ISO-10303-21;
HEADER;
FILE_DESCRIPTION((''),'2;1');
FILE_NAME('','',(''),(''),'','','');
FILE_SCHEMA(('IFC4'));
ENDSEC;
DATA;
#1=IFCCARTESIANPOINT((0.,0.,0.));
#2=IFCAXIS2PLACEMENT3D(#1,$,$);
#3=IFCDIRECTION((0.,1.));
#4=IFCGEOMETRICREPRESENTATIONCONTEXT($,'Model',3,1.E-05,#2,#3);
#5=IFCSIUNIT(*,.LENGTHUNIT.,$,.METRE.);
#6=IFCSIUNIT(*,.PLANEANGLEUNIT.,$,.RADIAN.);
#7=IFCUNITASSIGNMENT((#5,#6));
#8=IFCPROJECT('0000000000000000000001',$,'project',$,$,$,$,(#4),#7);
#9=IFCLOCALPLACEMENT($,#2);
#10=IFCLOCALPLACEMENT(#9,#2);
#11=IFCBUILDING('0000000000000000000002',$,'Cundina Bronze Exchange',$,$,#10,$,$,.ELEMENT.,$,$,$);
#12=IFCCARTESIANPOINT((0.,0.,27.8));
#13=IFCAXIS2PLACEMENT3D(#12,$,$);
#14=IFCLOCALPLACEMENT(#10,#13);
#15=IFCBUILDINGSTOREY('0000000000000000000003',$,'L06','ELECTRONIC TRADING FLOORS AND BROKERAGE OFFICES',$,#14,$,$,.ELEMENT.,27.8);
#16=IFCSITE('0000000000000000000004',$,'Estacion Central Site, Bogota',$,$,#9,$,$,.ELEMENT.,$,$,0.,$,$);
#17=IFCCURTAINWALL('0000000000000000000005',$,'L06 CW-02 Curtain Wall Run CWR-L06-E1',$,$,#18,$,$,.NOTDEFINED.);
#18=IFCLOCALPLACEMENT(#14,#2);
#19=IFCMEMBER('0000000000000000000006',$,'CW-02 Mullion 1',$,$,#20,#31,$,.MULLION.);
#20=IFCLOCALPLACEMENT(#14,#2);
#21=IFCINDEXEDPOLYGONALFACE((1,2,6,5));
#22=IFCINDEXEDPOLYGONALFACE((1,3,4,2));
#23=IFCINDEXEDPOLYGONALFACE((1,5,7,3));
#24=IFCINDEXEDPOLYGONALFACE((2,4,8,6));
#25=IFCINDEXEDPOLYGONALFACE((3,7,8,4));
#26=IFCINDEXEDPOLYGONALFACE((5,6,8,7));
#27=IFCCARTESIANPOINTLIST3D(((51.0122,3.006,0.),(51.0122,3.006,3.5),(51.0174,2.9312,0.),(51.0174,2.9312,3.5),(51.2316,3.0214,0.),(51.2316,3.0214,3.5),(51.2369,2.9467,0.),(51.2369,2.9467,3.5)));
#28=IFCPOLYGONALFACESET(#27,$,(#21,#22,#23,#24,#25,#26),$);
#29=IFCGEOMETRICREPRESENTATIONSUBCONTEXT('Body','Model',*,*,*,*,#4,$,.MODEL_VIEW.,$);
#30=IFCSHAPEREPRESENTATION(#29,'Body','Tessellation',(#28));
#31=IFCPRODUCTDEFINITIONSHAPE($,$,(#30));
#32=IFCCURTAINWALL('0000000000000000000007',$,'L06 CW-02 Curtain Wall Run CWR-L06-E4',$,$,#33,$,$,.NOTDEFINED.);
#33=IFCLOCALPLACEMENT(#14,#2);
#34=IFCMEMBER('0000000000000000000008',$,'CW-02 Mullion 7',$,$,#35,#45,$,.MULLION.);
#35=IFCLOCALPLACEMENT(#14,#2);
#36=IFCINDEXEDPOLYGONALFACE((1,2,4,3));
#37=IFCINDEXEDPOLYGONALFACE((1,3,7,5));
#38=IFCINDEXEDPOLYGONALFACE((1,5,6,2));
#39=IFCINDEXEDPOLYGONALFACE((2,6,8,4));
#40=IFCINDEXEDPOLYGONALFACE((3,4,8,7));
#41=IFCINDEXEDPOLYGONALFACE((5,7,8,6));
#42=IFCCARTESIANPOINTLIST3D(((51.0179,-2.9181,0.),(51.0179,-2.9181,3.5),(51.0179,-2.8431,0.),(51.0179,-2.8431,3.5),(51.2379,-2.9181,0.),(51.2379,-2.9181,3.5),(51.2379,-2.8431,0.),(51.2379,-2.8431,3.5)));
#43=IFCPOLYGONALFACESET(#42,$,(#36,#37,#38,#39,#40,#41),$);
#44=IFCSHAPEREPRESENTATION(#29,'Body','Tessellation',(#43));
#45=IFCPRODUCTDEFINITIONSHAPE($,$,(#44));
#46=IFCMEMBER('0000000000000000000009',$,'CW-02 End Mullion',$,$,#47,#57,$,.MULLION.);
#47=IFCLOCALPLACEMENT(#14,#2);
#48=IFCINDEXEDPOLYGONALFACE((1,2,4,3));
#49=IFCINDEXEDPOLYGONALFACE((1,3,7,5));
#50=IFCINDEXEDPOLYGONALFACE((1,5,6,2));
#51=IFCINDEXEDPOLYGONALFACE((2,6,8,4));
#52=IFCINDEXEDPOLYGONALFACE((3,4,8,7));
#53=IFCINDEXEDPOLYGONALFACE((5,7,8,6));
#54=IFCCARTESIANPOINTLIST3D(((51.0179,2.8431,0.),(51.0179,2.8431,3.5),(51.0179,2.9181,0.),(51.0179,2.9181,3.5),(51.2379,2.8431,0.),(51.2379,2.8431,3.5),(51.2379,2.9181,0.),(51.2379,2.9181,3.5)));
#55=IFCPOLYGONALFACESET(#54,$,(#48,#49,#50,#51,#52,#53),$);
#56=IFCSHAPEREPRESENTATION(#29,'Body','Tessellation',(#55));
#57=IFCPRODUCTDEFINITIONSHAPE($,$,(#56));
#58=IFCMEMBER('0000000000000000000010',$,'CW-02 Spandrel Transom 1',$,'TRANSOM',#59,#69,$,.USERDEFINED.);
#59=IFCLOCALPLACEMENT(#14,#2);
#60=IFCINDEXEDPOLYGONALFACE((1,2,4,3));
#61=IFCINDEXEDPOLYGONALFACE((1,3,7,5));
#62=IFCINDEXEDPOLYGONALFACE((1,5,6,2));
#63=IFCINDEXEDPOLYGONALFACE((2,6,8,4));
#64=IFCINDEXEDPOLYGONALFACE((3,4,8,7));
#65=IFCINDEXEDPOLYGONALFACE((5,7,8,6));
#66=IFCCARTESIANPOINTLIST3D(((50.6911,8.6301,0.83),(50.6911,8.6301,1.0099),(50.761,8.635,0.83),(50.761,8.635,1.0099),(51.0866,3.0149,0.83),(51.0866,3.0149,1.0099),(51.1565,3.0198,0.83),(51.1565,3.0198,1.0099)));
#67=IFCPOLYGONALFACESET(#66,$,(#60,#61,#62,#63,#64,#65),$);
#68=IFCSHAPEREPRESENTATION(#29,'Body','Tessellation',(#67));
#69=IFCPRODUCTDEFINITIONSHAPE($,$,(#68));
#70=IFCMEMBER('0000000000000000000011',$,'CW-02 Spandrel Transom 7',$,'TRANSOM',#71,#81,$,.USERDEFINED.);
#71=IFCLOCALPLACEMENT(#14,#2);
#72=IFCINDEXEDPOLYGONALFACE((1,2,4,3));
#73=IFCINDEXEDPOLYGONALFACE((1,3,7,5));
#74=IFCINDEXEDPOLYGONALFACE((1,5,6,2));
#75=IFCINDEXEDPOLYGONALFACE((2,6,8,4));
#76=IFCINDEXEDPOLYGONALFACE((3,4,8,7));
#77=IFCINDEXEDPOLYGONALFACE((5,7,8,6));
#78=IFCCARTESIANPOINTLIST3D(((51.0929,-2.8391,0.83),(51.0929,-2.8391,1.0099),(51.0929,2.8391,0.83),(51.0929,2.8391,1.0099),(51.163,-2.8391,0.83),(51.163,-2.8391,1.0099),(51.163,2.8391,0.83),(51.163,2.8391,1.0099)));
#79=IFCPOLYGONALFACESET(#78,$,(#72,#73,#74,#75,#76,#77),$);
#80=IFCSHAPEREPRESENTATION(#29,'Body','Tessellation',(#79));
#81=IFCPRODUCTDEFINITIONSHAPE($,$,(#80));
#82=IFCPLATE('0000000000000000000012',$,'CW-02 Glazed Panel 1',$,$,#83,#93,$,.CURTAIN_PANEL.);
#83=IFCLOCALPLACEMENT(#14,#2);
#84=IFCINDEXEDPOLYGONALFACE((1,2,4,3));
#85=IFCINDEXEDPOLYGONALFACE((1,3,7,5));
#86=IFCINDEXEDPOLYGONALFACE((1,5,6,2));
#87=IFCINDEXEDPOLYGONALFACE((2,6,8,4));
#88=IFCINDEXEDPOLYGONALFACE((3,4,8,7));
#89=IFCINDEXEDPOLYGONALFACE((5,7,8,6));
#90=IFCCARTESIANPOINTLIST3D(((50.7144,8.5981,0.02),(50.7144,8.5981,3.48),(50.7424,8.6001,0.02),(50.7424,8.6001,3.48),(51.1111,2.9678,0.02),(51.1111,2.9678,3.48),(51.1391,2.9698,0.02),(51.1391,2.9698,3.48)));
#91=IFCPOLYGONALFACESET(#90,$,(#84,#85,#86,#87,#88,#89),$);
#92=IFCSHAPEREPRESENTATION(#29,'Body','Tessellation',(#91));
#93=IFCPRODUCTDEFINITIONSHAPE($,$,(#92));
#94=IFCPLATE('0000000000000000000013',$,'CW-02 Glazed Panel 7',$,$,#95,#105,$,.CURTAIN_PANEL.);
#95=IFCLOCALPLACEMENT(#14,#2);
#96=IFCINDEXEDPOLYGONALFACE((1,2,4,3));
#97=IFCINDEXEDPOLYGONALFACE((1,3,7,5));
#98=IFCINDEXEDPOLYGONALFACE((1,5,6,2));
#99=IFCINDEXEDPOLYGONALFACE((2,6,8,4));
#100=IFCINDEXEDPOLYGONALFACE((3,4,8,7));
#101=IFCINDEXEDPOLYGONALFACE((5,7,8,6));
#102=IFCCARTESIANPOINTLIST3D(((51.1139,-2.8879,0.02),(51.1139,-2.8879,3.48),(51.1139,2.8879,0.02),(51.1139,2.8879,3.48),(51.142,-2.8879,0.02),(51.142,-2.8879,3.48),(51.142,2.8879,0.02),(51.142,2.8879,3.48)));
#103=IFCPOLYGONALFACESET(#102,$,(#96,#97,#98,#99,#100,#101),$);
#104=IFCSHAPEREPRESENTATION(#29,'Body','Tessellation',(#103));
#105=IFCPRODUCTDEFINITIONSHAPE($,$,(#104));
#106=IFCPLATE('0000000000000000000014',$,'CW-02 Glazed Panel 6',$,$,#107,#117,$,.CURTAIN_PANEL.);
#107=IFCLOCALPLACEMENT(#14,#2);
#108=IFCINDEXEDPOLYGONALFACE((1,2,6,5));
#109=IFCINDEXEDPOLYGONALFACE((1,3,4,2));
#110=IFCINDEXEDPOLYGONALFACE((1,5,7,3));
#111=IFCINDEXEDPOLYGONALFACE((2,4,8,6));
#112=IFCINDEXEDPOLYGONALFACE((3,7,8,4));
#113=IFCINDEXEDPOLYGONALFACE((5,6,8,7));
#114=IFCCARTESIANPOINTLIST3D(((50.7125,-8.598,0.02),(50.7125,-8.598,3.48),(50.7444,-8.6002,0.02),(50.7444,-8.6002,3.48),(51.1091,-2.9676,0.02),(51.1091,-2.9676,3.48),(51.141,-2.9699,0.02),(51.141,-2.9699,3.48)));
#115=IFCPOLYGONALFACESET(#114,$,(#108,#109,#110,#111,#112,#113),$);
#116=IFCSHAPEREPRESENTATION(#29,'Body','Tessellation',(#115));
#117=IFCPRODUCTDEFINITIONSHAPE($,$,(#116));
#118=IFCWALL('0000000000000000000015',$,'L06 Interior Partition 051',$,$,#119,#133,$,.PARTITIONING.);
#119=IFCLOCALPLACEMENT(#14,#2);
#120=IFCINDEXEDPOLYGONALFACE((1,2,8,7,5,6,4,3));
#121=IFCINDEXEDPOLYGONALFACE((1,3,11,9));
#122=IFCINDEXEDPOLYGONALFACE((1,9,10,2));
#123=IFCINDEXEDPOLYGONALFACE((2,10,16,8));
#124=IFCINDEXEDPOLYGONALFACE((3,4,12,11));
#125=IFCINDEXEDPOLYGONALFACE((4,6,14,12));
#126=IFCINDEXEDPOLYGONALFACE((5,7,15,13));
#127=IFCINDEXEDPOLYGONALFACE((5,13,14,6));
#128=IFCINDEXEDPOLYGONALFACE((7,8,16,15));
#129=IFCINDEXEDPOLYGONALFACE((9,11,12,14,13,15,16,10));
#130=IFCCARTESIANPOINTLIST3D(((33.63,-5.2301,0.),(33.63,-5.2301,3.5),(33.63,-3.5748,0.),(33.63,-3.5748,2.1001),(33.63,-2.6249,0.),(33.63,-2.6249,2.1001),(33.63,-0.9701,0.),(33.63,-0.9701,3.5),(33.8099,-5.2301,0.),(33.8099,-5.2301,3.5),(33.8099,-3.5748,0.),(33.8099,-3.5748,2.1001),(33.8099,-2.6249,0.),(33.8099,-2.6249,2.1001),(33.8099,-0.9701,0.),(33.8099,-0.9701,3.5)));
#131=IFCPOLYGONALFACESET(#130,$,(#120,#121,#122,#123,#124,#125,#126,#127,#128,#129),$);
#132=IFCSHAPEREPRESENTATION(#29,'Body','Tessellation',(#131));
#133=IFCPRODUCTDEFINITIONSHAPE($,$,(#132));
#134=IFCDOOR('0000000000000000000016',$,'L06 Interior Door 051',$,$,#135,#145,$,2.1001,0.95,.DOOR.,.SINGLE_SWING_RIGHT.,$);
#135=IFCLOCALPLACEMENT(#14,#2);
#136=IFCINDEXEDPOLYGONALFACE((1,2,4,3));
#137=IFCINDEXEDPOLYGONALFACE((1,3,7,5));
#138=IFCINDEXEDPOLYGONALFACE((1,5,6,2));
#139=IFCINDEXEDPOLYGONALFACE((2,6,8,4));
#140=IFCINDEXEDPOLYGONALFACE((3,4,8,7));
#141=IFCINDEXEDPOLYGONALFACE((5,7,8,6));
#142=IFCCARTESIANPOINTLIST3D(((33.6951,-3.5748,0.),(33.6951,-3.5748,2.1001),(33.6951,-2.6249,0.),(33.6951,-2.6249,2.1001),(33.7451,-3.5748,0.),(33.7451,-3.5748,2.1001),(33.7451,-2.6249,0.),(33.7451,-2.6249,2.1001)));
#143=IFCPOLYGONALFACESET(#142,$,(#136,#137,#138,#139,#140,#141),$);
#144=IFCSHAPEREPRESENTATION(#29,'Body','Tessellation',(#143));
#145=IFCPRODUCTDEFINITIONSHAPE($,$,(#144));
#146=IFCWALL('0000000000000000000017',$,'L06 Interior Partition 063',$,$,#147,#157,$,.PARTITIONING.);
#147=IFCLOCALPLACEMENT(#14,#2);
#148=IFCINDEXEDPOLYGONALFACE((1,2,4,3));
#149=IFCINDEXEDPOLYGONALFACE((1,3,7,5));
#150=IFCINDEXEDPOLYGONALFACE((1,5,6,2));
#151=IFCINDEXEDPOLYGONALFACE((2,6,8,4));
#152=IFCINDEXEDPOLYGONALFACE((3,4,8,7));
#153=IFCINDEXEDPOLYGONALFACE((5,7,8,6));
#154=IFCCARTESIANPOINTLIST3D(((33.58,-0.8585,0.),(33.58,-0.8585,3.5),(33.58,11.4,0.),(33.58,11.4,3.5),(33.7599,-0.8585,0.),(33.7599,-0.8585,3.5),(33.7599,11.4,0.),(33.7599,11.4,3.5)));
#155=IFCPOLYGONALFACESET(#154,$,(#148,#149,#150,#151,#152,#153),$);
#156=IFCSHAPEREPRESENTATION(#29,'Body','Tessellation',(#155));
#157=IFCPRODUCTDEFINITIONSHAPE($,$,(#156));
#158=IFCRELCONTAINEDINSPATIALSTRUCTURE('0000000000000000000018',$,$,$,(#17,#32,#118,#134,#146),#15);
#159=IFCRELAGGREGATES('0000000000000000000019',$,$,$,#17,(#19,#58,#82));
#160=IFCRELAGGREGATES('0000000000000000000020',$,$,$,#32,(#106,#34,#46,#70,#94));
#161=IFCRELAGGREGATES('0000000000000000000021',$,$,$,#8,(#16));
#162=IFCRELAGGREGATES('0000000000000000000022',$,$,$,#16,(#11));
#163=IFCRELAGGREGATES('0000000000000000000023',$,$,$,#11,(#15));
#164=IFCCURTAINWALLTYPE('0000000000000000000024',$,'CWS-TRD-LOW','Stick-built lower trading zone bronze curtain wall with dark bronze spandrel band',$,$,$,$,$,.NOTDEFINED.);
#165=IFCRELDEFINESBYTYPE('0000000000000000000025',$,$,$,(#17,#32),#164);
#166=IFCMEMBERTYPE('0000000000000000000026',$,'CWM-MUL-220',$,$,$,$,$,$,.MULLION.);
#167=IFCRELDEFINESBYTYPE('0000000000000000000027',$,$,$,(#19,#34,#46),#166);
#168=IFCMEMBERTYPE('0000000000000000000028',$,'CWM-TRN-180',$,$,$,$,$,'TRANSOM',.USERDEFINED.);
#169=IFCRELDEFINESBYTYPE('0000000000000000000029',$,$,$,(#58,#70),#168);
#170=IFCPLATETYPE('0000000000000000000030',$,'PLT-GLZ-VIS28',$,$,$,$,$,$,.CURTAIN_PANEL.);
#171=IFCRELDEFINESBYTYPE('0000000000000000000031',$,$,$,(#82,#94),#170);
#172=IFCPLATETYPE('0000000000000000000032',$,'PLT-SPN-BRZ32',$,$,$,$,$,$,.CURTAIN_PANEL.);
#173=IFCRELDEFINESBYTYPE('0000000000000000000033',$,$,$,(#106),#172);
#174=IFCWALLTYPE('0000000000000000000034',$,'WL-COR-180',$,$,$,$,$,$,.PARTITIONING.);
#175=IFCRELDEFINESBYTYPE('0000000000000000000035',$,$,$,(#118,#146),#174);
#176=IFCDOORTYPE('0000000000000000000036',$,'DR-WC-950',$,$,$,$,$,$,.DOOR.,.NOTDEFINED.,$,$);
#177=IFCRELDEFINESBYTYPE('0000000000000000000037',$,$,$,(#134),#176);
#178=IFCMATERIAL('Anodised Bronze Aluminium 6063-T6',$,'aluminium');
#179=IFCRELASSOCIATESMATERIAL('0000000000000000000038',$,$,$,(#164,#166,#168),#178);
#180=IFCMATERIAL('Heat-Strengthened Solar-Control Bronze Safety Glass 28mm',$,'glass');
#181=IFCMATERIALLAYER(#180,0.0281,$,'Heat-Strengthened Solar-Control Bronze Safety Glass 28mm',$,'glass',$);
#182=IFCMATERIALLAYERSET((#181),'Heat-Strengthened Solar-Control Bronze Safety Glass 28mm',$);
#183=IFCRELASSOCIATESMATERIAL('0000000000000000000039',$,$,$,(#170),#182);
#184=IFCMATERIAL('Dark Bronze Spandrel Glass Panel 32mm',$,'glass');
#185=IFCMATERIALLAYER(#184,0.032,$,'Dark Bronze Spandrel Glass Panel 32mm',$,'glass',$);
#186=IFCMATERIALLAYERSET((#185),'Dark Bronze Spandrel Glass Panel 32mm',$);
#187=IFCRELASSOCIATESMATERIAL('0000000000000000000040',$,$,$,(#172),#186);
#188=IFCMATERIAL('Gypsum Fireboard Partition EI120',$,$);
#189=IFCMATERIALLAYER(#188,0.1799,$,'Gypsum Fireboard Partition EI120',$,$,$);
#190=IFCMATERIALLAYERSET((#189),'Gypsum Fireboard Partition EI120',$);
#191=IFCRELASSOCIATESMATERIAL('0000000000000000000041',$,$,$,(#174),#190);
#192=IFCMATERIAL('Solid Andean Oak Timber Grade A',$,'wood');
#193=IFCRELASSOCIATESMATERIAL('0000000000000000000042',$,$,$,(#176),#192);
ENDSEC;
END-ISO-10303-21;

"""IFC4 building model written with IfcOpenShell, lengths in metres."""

from ifc_helpers import new_model, si_unit, direction, frame, frame_2d, origin, origin_2d, place, context, subcontext, project, spatial, rectangle, extrude, material, layer, layer_set, material_profile, profile_set, type_object, element, fill, aggregate, save


model = new_model("IFC4")

# Units and contexts
model_context = context("Model", 3, precision=1e-05, world=origin(), true_north=direction((0.0, 1.0)))
body_context = subcontext(model_context, "Body", "Model", "MODEL_VIEW")
ifc_project = project(units=[si_unit("LENGTHUNIT", "METRE"), si_unit("PLANEANGLEUNIT", "RADIAN")], contexts=[model_context])

# Site, building, storey
site_placement = place(None, origin())
site = spatial("IfcSite", under=ifc_project, at=site_placement, Name="Estacion Central Site, Bogota", CompositionType="ELEMENT", RefElevation=0.0)
building_placement = place(site_placement, origin())
building = spatial("IfcBuilding", under=site, at=building_placement, Name="Cundina Bronze Exchange", CompositionType="ELEMENT")
storey_placement = place(building_placement, frame((0.0, 0.0, 27.8)))
storey = spatial("IfcBuildingStorey", under=building, at=storey_placement, Name="L06", Description="ELECTRONIC TRADING FLOORS AND BROKERAGE OFFICES", CompositionType="ELEMENT", Elevation=27.8)

# Curtain wall, member
ifc_material_1 = material(Name="Anodised Bronze Aluminium 6063-T6", Category="aluminium")
curtain_wall_type = type_object("IfcCurtainWallType", Name="CWS-TRD-LOW", Description="Stick-built lower trading zone bronze curtain wall with dark bronze spandrel band", PredefinedType="NOTDEFINED", material=ifc_material_1)
curtain_wall_1_placement = place(storey_placement, origin())
curtain_wall_1 = element("IfcCurtainWall", 1, at=curtain_wall_1_placement, inside=storey, type_object=curtain_wall_type, Name="L06 CW-02 Curtain Wall Run CWR-L06-E1", PredefinedType="NOTDEFINED")
ifc_material_profile_1 = material_profile(ifc_material_1, rectangle(XDim=0.075, YDim=0.22, at=origin_2d()), Name="AL75X220", Category="aluminium")
ifc_profile_set_1 = profile_set([ifc_material_profile_1], Name="Anodised Bronze Aluminium 6063-T6")
member_type_1 = type_object("IfcMemberType", Name="CWM-MUL-220", PredefinedType="MULLION", material=ifc_profile_set_1)
member_1_placement = place(storey_placement, frame((51.1245, 2.9763, 0.0), z_axis=(0.0, 0.0, 1.0), x_axis=(-0.070279, 0.997527, 0.0)))
member_1 = element("IfcMember", 2, at=member_1_placement, type_object=member_type_1, Name="CW-02 Mullion 1", PredefinedType="MULLION", context=body_context, shape_type="SweptSolid", body=[
    extrude(rectangle(XDim=0.075, YDim=0.22, at=origin_2d()), origin(), (0.0, 0.0, 1.0), 3.5),
])

# Curtain wall, members
curtain_wall_2_placement = place(storey_placement, origin())
curtain_wall_2 = element("IfcCurtainWall", 3, at=curtain_wall_2_placement, inside=storey, type_object=curtain_wall_type, Name="L06 CW-02 Curtain Wall Run CWR-L06-E4", PredefinedType="NOTDEFINED")
member_2_placement = place(storey_placement, frame((51.1279, -2.8806, 0.0), z_axis=(0.0, 0.0, 1.0), x_axis=(0.0, 1.0, 0.0)))
member_2 = element("IfcMember", 4, at=member_2_placement, type_object=member_type_1, Name="CW-02 Mullion 7", PredefinedType="MULLION", context=body_context, shape_type="SweptSolid", body=[
    extrude(rectangle(XDim=0.075, YDim=0.22, at=origin_2d()), origin(), (0.0, 0.0, 1.0), 3.5),
])
member_3_placement = place(storey_placement, frame((51.1279, 2.8806, 0.0), z_axis=(0.0, 0.0, 1.0), x_axis=(0.0, 1.0, 0.0)))
member_3 = element("IfcMember", 5, at=member_3_placement, type_object=member_type_1, Name="CW-02 End Mullion", PredefinedType="MULLION", context=body_context, shape_type="SweptSolid", body=[
    extrude(rectangle(XDim=0.075, YDim=0.22, at=origin_2d()), origin(), (0.0, 0.0, 1.0), 3.5),
])

# Members
ifc_material_profile_2 = material_profile(ifc_material_1, rectangle(XDim=0.0701, YDim=0.1799, at=origin_2d()), Name="AL70X180", Category="aluminium")
ifc_profile_set_2 = profile_set([ifc_material_profile_2], Name="Anodised Bronze Aluminium 6063-T6")
member_type_2 = type_object("IfcMemberType", Name="CWM-TRN-180", ElementType="TRANSOM", PredefinedType="USERDEFINED", material=ifc_profile_set_2)
member_4_placement = place(storey_placement, frame((51.1216, 3.0173, 0.9199), z_axis=(-0.070261, 0.997529, 0.0), x_axis=(-0.997529, -0.070261, 0.0)))
member_4 = element("IfcMember", 6, at=member_4_placement, type_object=member_type_2, Name="CW-02 Spandrel Transom 1", ObjectType="TRANSOM", PredefinedType="USERDEFINED", context=body_context, shape_type="SweptSolid", body=[
    extrude(rectangle(XDim=0.0701, YDim=0.1799, at=origin_2d()), origin(), (0.0, 0.0, 1.0), 5.6292),
])
member_5_placement = place(storey_placement, frame((51.1279, -2.8391, 0.9199), z_axis=(0.0, 1.0, 0.0), x_axis=(-1.0, 0.0, 0.0)))
member_5 = element("IfcMember", 7, at=member_5_placement, type_object=member_type_2, Name="CW-02 Spandrel Transom 7", ObjectType="TRANSOM", PredefinedType="USERDEFINED", context=body_context, shape_type="SweptSolid", body=[
    extrude(rectangle(XDim=0.0701, YDim=0.1799, at=origin_2d()), origin(), (0.0, 0.0, 1.0), 5.6782),
])

# Plates
ifc_material_2 = material(Name="Heat-Strengthened Solar-Control Bronze Safety Glass 28mm", Category="glass")
ifc_layer_1 = layer(ifc_material_2, 0.0281, Name="Heat-Strengthened Solar-Control Bronze Safety Glass 28mm", Category="glass")
ifc_layer_set_1 = layer_set([ifc_layer_1], Name="Heat-Strengthened Solar-Control Bronze Safety Glass 28mm")
plate_type_1 = type_object("IfcPlateType", Name="PLT-GLZ-VIS28", PredefinedType="CURTAIN_PANEL", material=ifc_layer_set_1)
plate_1_placement = place(storey_placement, frame((50.9268, 5.7839, 0.02), z_axis=(0.0, 0.0, 1.0), x_axis=(-0.070279, 0.997527, 0.0)))
plate_1 = element("IfcPlate", 8, at=plate_1_placement, type_object=plate_type_1, Name="CW-02 Glazed Panel 1", PredefinedType="CURTAIN_PANEL", context=body_context, shape_type="SweptSolid", body=[
    extrude(rectangle(XDim=5.6443, YDim=0.0281, at=origin_2d()), origin(), (0.0, 0.0, 1.0), 3.46),
])
aggregate(curtain_wall_1, [member_1, member_4, plate_1])
plate_2_placement = place(storey_placement, frame((51.1279, 0.0, 0.02), z_axis=(0.0, 0.0, 1.0), x_axis=(0.0, 1.0, 0.0)))
plate_2 = element("IfcPlate", 9, at=plate_2_placement, type_object=plate_type_1, Name="CW-02 Glazed Panel 7", PredefinedType="CURTAIN_PANEL", context=body_context, shape_type="SweptSolid", body=[
    extrude(rectangle(XDim=5.7759, YDim=0.0281, at=origin_2d()), origin(), (0.0, 0.0, 1.0), 3.46),
])
ifc_material_3 = material(Name="Dark Bronze Spandrel Glass Panel 32mm", Category="glass")
ifc_layer_2 = layer(ifc_material_3, 0.032, Name="Dark Bronze Spandrel Glass Panel 32mm", Category="glass")
ifc_layer_set_2 = layer_set([ifc_layer_2], Name="Dark Bronze Spandrel Glass Panel 32mm")
plate_type_2 = type_object("IfcPlateType", Name="PLT-SPN-BRZ32", PredefinedType="CURTAIN_PANEL", material=ifc_layer_set_2)
plate_3_placement = place(storey_placement, frame((50.9268, -5.7839, 0.02), z_axis=(0.0, 0.0, 1.0), x_axis=(0.070279, 0.997527, 0.0)))
plate_3 = element("IfcPlate", 10, at=plate_3_placement, type_object=plate_type_2, Name="CW-02 Glazed Panel 6", PredefinedType="CURTAIN_PANEL", context=body_context, shape_type="SweptSolid", body=[
    extrude(rectangle(XDim=5.6443, YDim=0.032, at=origin_2d()), origin(), (0.0, 0.0, 1.0), 3.46),
])
aggregate(curtain_wall_2, [plate_3, member_2, member_3, member_5, plate_2])

# Wall, opening, door
ifc_material_4 = material(Name="Gypsum Fireboard Partition EI120")
ifc_layer_3 = layer(ifc_material_4, 0.1799, Name="Gypsum Fireboard Partition EI120")
ifc_layer_set_3 = layer_set([ifc_layer_3], Name="Gypsum Fireboard Partition EI120")
wall_type_1 = type_object("IfcWallType", Name="WL-COR-180", PredefinedType="PARTITIONING", material=ifc_layer_set_3)
wall_1_placement = place(storey_placement, frame((33.72, -5.23, 0.0), z_axis=(0.0, 0.0, 1.0), x_axis=(0.0, 1.0, 0.0)))
wall_1 = element("IfcWall", 11, at=wall_1_placement, inside=storey, type_object=wall_type_1, Name="L06 Interior Partition 051", PredefinedType="PARTITIONING", context=body_context, shape_type="SweptSolid", body=[
    extrude(rectangle(XDim=4.26, YDim=0.1799, at=frame_2d((2.1299, 0.0))), origin(), (0.0, 0.0, 1.0), 3.5),
])
opening_1_placement = place(wall_1_placement, frame((1.655, 0.0, 0.0)))
opening_1 = element("IfcOpeningElement", 12, at=opening_1_placement, cuts=wall_1, PredefinedType="OPENING", context=body_context, shape_type="SweptSolid", body=[
    extrude(rectangle(XDim=0.95, YDim=2.1001, at=frame_2d((0.4751, 1.05))), frame((0.0, 0.0999, 0.0), z_axis=(0.0, -1.0, 0.0), x_axis=(1.0, 0.0, 0.0)), (0.0, 0.0, 1.0), 0.2),
])
ifc_material_5 = material(Name="Solid Andean Oak Timber Grade A", Category="wood")
door_type_1 = type_object("IfcDoorType", Name="DR-WC-950", OperationType="NOTDEFINED", PredefinedType="DOOR", material=ifc_material_5)
door_1_placement = place(opening_1_placement, origin())
door_1 = element("IfcDoor", 13, at=door_1_placement, inside=storey, type_object=door_type_1, Name="L06 Interior Door 051", OperationType="SINGLE_SWING_RIGHT", OverallHeight=2.1001, OverallWidth=0.95, PredefinedType="DOOR", context=body_context, shape_type="SweptSolid", body=[
    extrude(rectangle(XDim=0.95, YDim=2.1001, at=frame_2d((0.4751, 1.05))), frame((0.0, 0.0249, 0.0), z_axis=(0.0, -1.0, 0.0), x_axis=(1.0, 0.0, 0.0)), (0.0, 0.0, 1.0), 0.05),
])
fill(opening_1, door_1)

# Wall
wall_2_placement = place(storey_placement, frame((33.6699, -0.8586, 0.0), z_axis=(0.0, 0.0, 1.0), x_axis=(0.0, 1.0, 0.0)))
element("IfcWall", 14, at=wall_2_placement, inside=storey, type_object=wall_type_1, Name="L06 Interior Partition 063", PredefinedType="PARTITIONING", context=body_context, shape_type="SweptSolid", body=[
    extrude(rectangle(XDim=12.2585, YDim=0.1799, at=frame_2d((6.1294, 0.0))), origin(), (0.0, 0.0, 1.0), 3.5),
])

save(model, "model.ifc")
